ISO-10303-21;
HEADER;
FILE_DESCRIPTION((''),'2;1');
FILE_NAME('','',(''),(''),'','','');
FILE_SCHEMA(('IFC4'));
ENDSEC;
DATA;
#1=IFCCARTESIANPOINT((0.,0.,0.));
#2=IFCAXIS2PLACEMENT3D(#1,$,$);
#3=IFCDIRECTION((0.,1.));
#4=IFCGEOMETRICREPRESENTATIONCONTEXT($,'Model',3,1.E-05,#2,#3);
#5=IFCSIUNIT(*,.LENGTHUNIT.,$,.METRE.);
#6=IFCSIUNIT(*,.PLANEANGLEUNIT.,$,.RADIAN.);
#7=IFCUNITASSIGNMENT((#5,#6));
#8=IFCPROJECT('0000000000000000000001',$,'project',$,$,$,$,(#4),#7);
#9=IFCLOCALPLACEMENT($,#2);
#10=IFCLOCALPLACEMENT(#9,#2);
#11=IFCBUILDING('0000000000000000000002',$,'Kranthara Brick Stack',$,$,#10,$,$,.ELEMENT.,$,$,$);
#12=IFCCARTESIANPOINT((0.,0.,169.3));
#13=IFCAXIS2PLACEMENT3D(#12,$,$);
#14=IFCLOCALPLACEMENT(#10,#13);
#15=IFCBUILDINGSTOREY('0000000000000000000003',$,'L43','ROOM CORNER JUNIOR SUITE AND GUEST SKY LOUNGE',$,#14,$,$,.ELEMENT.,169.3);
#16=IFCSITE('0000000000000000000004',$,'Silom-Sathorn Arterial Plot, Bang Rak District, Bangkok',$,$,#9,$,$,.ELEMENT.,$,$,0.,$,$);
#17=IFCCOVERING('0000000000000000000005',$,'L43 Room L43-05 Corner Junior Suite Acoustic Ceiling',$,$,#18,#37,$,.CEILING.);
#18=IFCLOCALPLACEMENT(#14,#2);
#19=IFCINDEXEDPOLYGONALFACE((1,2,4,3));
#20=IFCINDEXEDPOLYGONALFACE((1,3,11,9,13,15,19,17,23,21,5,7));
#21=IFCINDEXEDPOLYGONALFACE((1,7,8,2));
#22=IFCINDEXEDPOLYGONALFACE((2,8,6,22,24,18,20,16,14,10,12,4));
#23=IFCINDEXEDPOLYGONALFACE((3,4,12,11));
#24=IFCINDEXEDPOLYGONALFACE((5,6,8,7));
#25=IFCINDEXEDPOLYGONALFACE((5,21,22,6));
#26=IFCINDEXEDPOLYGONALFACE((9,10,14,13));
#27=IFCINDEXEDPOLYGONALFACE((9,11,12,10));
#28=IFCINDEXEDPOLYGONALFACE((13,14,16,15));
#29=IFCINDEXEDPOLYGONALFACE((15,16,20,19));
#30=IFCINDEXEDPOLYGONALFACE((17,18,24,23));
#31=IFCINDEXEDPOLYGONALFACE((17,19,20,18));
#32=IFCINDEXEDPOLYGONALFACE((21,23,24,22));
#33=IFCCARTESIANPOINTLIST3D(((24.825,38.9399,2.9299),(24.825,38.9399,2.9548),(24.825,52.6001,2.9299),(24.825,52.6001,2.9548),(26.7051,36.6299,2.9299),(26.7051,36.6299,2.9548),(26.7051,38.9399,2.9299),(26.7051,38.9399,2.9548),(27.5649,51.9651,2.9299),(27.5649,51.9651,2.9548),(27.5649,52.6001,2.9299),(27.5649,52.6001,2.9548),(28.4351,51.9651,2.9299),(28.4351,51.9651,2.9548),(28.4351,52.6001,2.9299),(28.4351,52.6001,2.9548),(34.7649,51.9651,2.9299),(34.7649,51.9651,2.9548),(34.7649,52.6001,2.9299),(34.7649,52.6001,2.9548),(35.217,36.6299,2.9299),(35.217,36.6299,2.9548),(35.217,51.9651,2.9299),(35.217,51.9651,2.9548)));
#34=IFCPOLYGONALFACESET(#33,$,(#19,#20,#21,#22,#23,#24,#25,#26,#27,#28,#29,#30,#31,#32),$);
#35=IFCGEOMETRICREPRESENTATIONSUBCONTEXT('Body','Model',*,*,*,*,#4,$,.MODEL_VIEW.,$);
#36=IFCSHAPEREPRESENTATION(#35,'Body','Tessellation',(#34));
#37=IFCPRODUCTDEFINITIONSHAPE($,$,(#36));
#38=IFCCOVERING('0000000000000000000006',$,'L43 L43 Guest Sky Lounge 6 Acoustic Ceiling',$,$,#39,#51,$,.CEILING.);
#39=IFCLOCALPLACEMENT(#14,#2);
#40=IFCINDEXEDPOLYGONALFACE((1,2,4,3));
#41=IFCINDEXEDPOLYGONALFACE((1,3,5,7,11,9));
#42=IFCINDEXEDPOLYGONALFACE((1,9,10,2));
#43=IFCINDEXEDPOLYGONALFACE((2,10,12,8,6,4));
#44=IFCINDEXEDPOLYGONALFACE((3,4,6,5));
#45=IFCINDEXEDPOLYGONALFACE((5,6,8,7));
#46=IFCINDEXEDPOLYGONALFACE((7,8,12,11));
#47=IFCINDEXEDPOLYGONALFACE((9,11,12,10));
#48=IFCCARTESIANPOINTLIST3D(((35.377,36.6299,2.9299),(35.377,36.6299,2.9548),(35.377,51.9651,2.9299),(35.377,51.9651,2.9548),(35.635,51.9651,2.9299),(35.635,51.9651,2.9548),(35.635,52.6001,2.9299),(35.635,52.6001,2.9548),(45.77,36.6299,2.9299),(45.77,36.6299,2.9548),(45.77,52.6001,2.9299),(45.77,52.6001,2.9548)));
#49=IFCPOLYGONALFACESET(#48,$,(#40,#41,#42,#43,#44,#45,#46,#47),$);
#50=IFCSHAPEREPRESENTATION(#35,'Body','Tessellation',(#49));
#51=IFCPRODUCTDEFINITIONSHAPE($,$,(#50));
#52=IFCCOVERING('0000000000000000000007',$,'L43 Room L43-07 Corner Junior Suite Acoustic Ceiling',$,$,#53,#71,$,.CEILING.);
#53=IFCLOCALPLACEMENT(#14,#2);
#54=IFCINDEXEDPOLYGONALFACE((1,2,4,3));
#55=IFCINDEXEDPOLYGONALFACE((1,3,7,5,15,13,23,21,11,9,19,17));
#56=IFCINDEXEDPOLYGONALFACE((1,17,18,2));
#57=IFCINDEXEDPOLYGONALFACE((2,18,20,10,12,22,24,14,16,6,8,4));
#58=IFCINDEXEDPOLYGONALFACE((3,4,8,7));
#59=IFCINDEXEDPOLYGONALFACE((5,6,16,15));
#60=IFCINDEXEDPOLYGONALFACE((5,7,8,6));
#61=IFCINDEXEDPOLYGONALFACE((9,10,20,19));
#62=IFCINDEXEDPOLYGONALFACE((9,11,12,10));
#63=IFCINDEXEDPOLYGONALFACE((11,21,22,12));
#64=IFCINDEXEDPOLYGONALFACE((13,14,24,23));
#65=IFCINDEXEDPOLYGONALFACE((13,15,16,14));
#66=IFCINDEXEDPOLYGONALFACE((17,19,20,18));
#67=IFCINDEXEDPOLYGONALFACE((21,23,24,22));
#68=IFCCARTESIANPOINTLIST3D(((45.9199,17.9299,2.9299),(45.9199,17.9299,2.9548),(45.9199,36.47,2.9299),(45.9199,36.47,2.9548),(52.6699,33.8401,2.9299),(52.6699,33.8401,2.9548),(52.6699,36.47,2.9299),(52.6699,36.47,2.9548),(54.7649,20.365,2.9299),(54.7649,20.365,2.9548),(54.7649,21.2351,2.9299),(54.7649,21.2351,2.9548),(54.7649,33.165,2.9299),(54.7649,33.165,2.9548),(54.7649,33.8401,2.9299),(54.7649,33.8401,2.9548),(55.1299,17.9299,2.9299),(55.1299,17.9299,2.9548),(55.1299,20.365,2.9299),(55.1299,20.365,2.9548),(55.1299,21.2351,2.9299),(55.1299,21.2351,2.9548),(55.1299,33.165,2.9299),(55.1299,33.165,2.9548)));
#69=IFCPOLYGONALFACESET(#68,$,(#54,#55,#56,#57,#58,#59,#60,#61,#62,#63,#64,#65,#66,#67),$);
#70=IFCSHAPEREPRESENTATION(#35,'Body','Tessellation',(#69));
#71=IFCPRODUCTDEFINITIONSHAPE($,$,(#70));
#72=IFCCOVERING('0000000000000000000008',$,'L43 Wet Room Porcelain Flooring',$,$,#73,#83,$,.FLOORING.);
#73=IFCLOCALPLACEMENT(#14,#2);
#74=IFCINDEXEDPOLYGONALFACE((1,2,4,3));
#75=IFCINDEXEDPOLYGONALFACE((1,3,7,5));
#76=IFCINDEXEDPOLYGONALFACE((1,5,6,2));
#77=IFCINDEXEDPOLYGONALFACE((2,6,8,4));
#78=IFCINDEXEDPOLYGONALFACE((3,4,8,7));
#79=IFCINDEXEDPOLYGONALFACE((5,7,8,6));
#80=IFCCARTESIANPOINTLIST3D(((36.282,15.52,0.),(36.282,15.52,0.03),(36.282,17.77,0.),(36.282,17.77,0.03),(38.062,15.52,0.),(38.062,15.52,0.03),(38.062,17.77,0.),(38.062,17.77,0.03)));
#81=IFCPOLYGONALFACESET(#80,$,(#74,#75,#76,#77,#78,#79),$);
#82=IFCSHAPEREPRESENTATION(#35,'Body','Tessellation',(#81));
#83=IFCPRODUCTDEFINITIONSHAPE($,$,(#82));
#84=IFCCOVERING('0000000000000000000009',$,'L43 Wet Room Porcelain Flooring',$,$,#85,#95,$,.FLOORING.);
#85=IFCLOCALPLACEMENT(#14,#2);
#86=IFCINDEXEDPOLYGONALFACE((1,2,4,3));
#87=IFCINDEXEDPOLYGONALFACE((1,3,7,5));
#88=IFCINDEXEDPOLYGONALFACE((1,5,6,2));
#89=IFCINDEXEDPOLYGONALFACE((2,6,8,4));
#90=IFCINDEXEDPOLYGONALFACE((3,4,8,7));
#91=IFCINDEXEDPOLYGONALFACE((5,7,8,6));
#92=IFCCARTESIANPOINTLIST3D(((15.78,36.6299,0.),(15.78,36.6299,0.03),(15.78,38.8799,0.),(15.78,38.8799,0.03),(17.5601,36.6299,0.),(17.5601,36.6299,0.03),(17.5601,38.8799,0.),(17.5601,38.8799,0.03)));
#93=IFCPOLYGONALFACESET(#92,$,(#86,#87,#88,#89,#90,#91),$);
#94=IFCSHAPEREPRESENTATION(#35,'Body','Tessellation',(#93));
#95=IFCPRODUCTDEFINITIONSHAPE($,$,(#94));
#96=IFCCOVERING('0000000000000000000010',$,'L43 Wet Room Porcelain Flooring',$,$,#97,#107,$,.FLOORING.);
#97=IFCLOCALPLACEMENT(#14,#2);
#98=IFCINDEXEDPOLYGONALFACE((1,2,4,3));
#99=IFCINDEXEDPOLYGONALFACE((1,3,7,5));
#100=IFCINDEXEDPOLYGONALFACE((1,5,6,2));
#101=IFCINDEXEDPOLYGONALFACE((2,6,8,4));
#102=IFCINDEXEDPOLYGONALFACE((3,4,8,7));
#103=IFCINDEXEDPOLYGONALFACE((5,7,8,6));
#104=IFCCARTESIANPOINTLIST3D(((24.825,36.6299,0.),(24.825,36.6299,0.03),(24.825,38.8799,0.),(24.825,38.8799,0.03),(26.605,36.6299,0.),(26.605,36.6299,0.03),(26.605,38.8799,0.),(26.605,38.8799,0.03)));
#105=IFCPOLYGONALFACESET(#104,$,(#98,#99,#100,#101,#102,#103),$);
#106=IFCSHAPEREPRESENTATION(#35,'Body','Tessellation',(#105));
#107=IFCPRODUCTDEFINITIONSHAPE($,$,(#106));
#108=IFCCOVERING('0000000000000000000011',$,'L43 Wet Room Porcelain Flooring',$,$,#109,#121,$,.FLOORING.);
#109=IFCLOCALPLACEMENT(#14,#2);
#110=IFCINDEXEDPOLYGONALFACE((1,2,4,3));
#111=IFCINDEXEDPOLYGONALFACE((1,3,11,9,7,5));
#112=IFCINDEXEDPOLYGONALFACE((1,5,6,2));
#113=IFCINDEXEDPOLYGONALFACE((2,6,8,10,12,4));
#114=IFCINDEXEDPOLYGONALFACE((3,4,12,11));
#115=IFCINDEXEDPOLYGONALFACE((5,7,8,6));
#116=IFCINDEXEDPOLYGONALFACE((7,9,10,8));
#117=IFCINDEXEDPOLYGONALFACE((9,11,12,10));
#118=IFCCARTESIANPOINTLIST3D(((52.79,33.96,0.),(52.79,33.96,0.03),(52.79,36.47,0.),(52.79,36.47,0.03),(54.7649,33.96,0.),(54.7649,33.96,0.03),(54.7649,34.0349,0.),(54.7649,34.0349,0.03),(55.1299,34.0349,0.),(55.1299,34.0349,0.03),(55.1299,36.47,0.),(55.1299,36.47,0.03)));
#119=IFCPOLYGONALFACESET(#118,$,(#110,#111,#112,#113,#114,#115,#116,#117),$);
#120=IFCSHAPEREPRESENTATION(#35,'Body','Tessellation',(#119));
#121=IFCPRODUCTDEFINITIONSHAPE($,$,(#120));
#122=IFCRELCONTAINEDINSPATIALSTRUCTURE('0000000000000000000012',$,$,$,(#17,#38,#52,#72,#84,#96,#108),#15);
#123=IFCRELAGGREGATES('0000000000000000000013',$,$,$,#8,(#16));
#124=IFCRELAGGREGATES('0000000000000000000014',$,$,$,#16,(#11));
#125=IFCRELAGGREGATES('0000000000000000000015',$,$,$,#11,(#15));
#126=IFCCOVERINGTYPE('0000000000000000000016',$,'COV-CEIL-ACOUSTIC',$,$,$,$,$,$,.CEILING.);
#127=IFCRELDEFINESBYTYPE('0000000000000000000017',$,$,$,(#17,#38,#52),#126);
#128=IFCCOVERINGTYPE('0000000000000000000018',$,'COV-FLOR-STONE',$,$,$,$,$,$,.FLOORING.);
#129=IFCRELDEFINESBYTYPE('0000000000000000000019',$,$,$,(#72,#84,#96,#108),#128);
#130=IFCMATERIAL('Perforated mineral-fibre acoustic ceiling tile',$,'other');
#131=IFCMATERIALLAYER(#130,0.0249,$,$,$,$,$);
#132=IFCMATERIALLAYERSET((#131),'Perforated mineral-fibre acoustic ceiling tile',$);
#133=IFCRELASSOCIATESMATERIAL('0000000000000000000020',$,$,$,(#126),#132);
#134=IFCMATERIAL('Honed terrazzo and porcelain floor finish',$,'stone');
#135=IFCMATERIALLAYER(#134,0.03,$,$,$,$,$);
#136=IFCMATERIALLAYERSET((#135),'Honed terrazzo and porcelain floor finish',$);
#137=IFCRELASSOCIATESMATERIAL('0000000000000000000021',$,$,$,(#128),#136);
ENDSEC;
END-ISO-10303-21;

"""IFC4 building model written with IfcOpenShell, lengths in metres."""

from ifc_helpers import new_model, si_unit, direction, frame, origin, place, context, subcontext, project, spatial, polyline, outline, extrude, material, layer, layer_set, type_object, element, save


model = new_model("IFC4")

# Units and contexts
model_context = context("Model", 3, precision=1e-05, world=origin(), true_north=direction((0.0, 1.0)))
body_context = subcontext(model_context, "Body", "Model", "MODEL_VIEW")
ifc_project = project(units=[si_unit("LENGTHUNIT", "METRE"), si_unit("PLANEANGLEUNIT", "RADIAN")], contexts=[model_context])

# Site, building, storey
site_placement = place(None, origin())
site = spatial("IfcSite", under=ifc_project, at=site_placement, Name="Silom-Sathorn Arterial Plot, Bang Rak District, Bangkok", CompositionType="ELEMENT", RefElevation=0.0)
building_placement = place(site_placement, origin())
building = spatial("IfcBuilding", under=site, at=building_placement, Name="Kranthara Brick Stack", CompositionType="ELEMENT")
storey_placement = place(building_placement, frame((0.0, 0.0, 169.3)))
storey = spatial("IfcBuildingStorey", under=building, at=storey_placement, Name="L43", Description="ROOM CORNER JUNIOR SUITE AND GUEST SKY LOUNGE", CompositionType="ELEMENT", Elevation=169.3)

# Coverings
ifc_material_1 = material(Name="Perforated mineral-fibre acoustic ceiling tile", Category="other")
ifc_layer_1 = layer(ifc_material_1, 0.0249)
ifc_layer_set_1 = layer_set([ifc_layer_1], Name="Perforated mineral-fibre acoustic ceiling tile")
covering_type_1 = type_object("IfcCoveringType", Name="COV-CEIL-ACOUSTIC", PredefinedType="CEILING", material=ifc_layer_set_1)
covering_1_placement = place(storey_placement, frame((0.0, 0.0, 2.9299)))
element("IfcCovering", 1, at=covering_1_placement, inside=storey, type_object=covering_type_1, Name="L43 Room L43-05 Corner Junior Suite Acoustic Ceiling", PredefinedType="CEILING", context=body_context, shape_type="SweptSolid", body=[
    extrude(outline(polyline([(35.217, 36.6299), (26.7051, 36.6299), (26.7051, 38.9399), (24.825, 38.9399), (24.825, 52.6001), (27.5649, 52.6001), (27.5649, 51.9651), (28.4351, 51.9651), (28.4351, 52.6001), (34.7649, 52.6001), (34.7649, 51.9651), (35.217, 51.9651), (35.217, 36.6299)])), origin(), (0.0, 0.0, 1.0), 0.0249),
])
covering_2_placement = place(storey_placement, frame((0.0, 0.0, 2.9299)))
element("IfcCovering", 2, at=covering_2_placement, inside=storey, type_object=covering_type_1, Name="L43 L43 Guest Sky Lounge 6 Acoustic Ceiling", PredefinedType="CEILING", context=body_context, shape_type="SweptSolid", body=[
    extrude(outline(polyline([(45.77, 52.6001), (45.77, 36.6299), (35.377, 36.6299), (35.377, 51.9651), (35.635, 51.9651), (35.635, 52.6001), (45.77, 52.6001)])), origin(), (0.0, 0.0, 1.0), 0.0249),
])
covering_3_placement = place(storey_placement, frame((0.0, 0.0, 2.9299)))
element("IfcCovering", 3, at=covering_3_placement, inside=storey, type_object=covering_type_1, Name="L43 Room L43-07 Corner Junior Suite Acoustic Ceiling", PredefinedType="CEILING", context=body_context, shape_type="SweptSolid", body=[
    extrude(outline(polyline([(45.9199, 17.9299), (45.9199, 36.47), (52.6699, 36.47), (52.6699, 33.8401), (54.7649, 33.8401), (54.7649, 33.165), (55.1299, 33.165), (55.1299, 21.2351), (54.7649, 21.2351), (54.7649, 20.365), (55.1299, 20.365), (55.1299, 17.9299), (45.9199, 17.9299)])), origin(), (0.0, 0.0, 1.0), 0.0249),
])
ifc_material_2 = material(Name="Honed terrazzo and porcelain floor finish", Category="stone")
ifc_layer_2 = layer(ifc_material_2, 0.03)
ifc_layer_set_2 = layer_set([ifc_layer_2], Name="Honed terrazzo and porcelain floor finish")
covering_type_2 = type_object("IfcCoveringType", Name="COV-FLOR-STONE", PredefinedType="FLOORING", material=ifc_layer_set_2)
covering_4_placement = place(storey_placement, origin())
element("IfcCovering", 4, at=covering_4_placement, inside=storey, type_object=covering_type_2, Name="L43 Wet Room Porcelain Flooring", PredefinedType="FLOORING", context=body_context, shape_type="SweptSolid", body=[
    extrude(outline(polyline([(36.282, 15.52), (36.282, 17.77), (38.062, 17.77), (38.062, 15.52), (36.282, 15.52)])), origin(), (0.0, 0.0, 1.0), 0.03),
])
covering_5_placement = place(storey_placement, origin())
element("IfcCovering", 5, at=covering_5_placement, inside=storey, type_object=covering_type_2, Name="L43 Wet Room Porcelain Flooring", PredefinedType="FLOORING", context=body_context, shape_type="SweptSolid", body=[
    extrude(outline(polyline([(15.78, 36.6299), (15.78, 38.8799), (17.5601, 38.8799), (17.5601, 36.6299), (15.78, 36.6299)])), origin(), (0.0, 0.0, 1.0), 0.03),
])
covering_6_placement = place(storey_placement, origin())
element("IfcCovering", 6, at=covering_6_placement, inside=storey, type_object=covering_type_2, Name="L43 Wet Room Porcelain Flooring", PredefinedType="FLOORING", context=body_context, shape_type="SweptSolid", body=[
    extrude(outline(polyline([(24.825, 36.6299), (24.825, 38.8799), (26.605, 38.8799), (26.605, 36.6299), (24.825, 36.6299)])), origin(), (0.0, 0.0, 1.0), 0.03),
])
covering_7_placement = place(storey_placement, origin())
element("IfcCovering", 7, at=covering_7_placement, inside=storey, type_object=covering_type_2, Name="L43 Wet Room Porcelain Flooring", PredefinedType="FLOORING", context=body_context, shape_type="SweptSolid", body=[
    extrude(outline(polyline([(52.79, 36.47), (55.1299, 36.47), (55.1299, 34.0349), (54.7649, 34.0349), (54.7649, 33.96), (52.79, 33.96), (52.79, 36.47)])), origin(), (0.0, 0.0, 1.0), 0.03),
])

save(model, "model.ifc")
